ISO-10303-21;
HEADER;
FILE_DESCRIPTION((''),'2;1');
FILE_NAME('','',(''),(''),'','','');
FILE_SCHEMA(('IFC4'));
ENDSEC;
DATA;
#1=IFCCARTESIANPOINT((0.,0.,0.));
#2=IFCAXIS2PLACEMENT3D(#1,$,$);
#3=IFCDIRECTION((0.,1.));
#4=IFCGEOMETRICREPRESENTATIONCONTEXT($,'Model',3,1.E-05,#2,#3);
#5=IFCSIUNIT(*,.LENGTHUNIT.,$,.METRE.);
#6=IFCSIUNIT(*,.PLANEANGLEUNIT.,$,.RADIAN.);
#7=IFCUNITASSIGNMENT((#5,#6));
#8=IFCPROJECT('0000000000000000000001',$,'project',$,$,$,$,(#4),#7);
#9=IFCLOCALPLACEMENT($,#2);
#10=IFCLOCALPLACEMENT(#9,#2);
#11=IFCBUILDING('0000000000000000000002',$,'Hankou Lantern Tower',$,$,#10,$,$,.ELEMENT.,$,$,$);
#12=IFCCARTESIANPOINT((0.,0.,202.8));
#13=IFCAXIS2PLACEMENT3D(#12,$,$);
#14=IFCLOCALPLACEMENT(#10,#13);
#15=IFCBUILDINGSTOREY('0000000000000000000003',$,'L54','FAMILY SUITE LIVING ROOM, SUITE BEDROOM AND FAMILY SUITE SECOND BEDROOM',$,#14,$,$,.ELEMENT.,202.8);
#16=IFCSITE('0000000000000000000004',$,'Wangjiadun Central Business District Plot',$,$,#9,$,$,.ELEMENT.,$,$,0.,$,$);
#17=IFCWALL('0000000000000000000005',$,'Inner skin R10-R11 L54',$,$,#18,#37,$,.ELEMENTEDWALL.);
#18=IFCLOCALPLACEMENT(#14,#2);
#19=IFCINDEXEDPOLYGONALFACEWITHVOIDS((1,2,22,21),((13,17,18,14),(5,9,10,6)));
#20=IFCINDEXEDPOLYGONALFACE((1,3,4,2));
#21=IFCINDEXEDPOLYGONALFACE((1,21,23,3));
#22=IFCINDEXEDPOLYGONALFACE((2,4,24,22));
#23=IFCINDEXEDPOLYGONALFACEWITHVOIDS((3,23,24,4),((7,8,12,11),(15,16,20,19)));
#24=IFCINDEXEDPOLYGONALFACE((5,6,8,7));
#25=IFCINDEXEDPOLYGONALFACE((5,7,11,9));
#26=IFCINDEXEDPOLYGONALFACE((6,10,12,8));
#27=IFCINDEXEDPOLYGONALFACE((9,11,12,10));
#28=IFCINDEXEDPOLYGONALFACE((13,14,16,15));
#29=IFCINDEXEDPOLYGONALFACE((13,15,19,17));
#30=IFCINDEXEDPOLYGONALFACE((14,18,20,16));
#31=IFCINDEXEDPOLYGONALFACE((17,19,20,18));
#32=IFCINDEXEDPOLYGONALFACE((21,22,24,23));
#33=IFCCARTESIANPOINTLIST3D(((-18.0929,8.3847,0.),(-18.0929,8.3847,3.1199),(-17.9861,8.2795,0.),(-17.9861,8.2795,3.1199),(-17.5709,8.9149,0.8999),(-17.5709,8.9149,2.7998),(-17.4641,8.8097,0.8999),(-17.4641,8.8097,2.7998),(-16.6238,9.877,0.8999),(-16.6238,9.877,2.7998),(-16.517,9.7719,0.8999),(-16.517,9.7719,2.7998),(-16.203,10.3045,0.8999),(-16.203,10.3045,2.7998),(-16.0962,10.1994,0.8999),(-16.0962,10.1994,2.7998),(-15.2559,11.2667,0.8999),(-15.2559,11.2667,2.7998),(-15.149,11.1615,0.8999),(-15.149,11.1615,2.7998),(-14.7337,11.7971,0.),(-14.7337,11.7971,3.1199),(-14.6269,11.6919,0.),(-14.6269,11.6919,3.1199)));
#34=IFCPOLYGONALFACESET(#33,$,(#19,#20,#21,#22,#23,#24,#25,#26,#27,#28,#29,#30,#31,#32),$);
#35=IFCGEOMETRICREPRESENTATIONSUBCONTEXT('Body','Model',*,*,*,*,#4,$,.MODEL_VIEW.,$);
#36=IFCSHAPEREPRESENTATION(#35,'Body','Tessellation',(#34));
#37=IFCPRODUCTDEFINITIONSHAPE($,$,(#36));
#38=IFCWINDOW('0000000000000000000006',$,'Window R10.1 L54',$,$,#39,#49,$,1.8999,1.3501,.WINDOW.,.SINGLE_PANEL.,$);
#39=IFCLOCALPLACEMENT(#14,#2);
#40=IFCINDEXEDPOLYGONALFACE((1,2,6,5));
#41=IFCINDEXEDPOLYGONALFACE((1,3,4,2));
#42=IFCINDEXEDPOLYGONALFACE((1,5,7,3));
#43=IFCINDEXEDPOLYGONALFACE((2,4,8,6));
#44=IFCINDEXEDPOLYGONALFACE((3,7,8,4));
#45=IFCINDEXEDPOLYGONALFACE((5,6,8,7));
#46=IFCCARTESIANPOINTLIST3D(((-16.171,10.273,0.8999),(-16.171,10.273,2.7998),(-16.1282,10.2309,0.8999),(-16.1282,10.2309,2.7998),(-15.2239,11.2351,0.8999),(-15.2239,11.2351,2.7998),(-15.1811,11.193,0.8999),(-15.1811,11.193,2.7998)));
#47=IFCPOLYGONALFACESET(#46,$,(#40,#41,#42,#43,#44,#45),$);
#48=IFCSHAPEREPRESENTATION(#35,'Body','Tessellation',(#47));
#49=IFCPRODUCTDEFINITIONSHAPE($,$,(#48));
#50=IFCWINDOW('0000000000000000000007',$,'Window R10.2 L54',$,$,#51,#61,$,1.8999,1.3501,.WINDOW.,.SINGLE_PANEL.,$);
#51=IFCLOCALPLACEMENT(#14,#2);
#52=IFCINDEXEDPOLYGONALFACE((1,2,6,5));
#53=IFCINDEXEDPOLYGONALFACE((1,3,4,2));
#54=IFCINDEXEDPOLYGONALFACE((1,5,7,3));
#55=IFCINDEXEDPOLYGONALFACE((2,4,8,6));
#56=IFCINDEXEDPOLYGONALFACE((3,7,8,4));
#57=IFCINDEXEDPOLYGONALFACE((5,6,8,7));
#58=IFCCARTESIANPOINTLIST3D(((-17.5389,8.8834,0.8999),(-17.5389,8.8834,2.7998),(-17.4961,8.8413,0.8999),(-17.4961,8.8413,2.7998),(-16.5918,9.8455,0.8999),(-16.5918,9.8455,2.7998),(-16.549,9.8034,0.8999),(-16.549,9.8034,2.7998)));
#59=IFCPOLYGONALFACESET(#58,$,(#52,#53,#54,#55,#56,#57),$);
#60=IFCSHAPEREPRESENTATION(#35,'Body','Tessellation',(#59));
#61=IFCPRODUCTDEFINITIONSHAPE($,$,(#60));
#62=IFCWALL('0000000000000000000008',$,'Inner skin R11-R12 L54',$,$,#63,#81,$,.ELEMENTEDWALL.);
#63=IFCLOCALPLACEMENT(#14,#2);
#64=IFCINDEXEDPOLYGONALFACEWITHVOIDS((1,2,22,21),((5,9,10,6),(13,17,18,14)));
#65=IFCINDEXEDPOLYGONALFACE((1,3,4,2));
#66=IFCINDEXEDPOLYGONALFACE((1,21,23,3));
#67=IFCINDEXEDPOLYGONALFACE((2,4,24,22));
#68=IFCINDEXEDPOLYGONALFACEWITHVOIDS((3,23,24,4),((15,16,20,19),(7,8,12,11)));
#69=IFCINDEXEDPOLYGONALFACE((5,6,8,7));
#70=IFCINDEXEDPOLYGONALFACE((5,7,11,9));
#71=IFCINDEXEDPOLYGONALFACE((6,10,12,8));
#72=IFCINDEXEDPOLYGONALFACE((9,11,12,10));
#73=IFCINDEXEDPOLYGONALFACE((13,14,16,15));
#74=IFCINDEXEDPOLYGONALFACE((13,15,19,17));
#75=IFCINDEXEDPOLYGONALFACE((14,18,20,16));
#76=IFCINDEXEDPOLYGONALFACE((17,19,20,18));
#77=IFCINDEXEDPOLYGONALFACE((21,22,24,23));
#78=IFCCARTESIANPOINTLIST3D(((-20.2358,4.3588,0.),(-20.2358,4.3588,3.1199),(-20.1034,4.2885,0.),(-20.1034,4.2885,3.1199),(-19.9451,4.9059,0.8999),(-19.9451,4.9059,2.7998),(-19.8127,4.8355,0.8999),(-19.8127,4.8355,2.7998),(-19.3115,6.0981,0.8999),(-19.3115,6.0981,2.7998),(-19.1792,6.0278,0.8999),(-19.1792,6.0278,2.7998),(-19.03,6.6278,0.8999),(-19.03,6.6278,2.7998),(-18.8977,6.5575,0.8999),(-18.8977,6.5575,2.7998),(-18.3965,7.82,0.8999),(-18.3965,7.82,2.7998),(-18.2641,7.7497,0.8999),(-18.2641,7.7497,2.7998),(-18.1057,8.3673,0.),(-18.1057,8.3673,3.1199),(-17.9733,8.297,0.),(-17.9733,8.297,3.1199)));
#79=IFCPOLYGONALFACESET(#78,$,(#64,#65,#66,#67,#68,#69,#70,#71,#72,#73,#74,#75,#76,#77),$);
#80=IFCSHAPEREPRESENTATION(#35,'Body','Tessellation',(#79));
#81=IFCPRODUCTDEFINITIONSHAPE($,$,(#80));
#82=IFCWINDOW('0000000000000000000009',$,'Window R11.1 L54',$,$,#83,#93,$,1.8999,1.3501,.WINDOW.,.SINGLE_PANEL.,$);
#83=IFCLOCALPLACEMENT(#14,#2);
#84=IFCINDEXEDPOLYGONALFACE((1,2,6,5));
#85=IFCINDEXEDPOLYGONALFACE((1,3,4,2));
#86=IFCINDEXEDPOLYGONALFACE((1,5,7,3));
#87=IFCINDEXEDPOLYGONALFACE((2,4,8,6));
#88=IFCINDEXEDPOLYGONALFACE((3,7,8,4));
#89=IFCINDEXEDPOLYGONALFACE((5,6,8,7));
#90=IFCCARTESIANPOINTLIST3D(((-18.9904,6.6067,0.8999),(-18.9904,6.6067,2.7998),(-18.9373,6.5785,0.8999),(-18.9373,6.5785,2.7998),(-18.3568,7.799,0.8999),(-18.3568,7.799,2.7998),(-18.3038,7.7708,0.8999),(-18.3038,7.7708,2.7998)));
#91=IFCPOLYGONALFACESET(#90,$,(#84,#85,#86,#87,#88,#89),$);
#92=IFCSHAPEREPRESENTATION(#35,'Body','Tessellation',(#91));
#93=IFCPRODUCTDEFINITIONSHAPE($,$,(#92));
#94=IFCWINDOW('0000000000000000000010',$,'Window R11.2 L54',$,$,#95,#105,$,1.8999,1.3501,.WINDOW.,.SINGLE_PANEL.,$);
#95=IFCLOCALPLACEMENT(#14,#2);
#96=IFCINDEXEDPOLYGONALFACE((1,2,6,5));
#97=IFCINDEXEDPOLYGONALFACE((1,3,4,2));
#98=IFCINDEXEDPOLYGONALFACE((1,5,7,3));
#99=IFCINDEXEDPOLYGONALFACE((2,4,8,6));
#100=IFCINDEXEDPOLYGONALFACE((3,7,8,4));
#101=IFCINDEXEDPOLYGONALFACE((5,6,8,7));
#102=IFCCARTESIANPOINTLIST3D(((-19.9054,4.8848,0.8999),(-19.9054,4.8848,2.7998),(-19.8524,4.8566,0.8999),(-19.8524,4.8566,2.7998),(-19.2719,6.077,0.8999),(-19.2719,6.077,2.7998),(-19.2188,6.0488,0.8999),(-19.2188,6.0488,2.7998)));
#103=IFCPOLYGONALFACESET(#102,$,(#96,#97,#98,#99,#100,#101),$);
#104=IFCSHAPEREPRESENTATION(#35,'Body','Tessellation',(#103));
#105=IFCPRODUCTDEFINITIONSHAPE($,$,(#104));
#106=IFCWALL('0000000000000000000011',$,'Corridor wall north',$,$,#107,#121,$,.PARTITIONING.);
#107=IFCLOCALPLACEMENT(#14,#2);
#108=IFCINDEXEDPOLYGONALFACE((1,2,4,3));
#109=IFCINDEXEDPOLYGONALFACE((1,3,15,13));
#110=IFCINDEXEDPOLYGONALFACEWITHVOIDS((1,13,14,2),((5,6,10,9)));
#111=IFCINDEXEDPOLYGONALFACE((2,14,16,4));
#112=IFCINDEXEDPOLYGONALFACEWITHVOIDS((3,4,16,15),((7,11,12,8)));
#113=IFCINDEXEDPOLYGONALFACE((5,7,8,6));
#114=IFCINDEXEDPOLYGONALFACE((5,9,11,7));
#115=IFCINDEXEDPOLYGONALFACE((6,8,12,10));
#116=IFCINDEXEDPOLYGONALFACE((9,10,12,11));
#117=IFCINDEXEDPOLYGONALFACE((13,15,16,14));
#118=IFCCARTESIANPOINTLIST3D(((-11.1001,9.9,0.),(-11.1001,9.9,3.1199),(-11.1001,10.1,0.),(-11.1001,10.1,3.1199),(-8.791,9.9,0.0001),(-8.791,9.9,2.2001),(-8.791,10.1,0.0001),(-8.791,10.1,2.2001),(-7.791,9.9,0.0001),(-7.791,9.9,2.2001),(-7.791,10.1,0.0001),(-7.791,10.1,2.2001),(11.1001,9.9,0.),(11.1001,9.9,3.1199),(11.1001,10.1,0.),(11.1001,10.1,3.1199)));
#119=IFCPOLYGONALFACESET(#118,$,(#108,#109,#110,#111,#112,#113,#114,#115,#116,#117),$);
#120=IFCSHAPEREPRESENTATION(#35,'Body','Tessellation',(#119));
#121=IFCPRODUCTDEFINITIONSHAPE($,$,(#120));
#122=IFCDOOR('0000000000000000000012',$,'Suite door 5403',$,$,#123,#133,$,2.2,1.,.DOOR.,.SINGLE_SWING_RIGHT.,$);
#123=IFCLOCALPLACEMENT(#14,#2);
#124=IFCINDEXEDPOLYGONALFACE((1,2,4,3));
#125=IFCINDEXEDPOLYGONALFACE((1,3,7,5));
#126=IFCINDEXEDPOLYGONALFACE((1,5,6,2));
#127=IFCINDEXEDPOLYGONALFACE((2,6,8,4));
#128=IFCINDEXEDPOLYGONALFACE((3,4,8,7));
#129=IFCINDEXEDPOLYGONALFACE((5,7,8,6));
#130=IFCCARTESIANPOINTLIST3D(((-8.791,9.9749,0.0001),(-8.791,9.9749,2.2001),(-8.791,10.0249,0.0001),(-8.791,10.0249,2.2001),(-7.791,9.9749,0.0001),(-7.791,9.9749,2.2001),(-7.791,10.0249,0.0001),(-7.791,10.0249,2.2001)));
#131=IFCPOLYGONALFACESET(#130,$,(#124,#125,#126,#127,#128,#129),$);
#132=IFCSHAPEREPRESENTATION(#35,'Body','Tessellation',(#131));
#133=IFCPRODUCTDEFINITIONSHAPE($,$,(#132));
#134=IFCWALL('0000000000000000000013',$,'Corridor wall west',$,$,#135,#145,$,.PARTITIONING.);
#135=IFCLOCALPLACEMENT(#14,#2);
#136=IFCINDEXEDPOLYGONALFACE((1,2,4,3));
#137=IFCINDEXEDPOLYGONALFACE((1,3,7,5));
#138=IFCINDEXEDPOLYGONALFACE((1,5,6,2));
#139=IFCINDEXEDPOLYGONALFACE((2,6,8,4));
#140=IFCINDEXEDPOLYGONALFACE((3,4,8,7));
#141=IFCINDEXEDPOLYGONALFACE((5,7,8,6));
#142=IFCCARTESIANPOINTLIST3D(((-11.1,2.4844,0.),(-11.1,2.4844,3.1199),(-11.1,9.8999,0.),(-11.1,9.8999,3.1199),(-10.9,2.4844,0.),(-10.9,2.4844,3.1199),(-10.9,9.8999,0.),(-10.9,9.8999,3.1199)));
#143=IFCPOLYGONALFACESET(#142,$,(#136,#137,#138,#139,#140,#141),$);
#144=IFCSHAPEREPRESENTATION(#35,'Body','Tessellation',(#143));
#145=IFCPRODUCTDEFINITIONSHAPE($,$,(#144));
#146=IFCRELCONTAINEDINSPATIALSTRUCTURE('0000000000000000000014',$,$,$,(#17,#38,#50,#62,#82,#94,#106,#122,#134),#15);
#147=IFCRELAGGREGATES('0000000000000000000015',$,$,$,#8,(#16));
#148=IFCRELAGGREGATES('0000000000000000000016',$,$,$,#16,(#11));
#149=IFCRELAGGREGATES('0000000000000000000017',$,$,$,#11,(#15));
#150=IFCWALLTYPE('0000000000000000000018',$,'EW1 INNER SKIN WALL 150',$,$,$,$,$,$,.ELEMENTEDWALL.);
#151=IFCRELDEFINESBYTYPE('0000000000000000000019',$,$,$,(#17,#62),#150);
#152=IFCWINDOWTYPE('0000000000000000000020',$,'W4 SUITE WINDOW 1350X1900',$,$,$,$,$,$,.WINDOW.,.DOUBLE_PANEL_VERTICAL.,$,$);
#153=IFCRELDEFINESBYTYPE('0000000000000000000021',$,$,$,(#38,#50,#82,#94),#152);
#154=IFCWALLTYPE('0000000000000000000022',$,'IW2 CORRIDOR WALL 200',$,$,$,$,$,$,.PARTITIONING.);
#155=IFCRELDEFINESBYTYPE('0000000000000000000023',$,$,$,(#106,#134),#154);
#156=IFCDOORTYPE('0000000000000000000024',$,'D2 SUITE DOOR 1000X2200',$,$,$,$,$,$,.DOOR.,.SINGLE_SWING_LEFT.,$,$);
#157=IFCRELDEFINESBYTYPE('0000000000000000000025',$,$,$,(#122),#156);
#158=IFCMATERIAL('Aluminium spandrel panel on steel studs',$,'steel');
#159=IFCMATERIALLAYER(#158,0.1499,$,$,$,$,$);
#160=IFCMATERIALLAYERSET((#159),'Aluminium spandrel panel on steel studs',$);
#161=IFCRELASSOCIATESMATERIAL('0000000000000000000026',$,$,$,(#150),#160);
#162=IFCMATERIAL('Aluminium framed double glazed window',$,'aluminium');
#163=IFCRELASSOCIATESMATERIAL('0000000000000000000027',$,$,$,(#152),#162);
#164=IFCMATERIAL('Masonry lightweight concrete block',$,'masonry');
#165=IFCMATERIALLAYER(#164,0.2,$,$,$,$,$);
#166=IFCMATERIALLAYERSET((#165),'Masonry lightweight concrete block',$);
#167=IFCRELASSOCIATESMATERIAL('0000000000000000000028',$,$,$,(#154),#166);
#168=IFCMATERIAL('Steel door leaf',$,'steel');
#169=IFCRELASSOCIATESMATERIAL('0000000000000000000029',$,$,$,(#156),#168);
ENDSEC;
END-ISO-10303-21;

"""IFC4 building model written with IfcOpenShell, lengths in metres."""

from ifc_helpers import new_model, si_unit, direction, frame, frame_2d, origin, place, context, subcontext, project, spatial, rectangle, extrude, material, layer, layer_set, type_object, element, fill, save


model = new_model("IFC4")

# Units and contexts
model_context = context("Model", 3, precision=1e-05, world=origin(), true_north=direction((0.0, 1.0)))
body_context = subcontext(model_context, "Body", "Model", "MODEL_VIEW")
ifc_project = project(units=[si_unit("LENGTHUNIT", "METRE"), si_unit("PLANEANGLEUNIT", "RADIAN")], contexts=[model_context])

# Site, building, storey
site_placement = place(None, origin())
site = spatial("IfcSite", under=ifc_project, at=site_placement, Name="Wangjiadun Central Business District Plot", CompositionType="ELEMENT", RefElevation=0.0)
building_placement = place(site_placement, origin())
building = spatial("IfcBuilding", under=site, at=building_placement, Name="Hankou Lantern Tower", CompositionType="ELEMENT")
storey_placement = place(building_placement, frame((0.0, 0.0, 202.8)))
storey = spatial("IfcBuildingStorey", under=building, at=storey_placement, Name="L54", Description="FAMILY SUITE LIVING ROOM, SUITE BEDROOM AND FAMILY SUITE SECOND BEDROOM", CompositionType="ELEMENT", Elevation=202.8)

# Walls, openings, windows
ifc_material_1 = material(Name="Aluminium spandrel panel on steel studs", Category="steel")
ifc_layer_1 = layer(ifc_material_1, 0.1499)
ifc_layer_set_1 = layer_set([ifc_layer_1], Name="Aluminium spandrel panel on steel studs")
wall_type_1 = type_object("IfcWallType", Name="EW1 INNER SKIN WALL 150", PredefinedType="ELEMENTEDWALL", material=ifc_layer_set_1)
wall_1_placement = place(storey_placement, frame((-14.6804, 11.7444, 0.0), z_axis=(0.0, 0.0, 1.0), x_axis=(-0.701527, -0.712643, 0.0)))
wall_1 = element("IfcWall", 1, at=wall_1_placement, inside=storey, type_object=wall_type_1, Name="Inner skin R10-R11 L54", PredefinedType="ELEMENTEDWALL", context=body_context, shape_type="SweptSolid", body=[
    extrude(rectangle(XDim=4.7883, YDim=0.1499, at=frame_2d((2.394, 0.0))), origin(), (0.0, 0.0, 1.0), 3.1199),
])
opening_1_placement = place(wall_1_placement, frame((0.7441, 0.0, 0.8999)))
opening_1 = element("IfcOpeningElement", 2, at=opening_1_placement, cuts=wall_1, PredefinedType="OPENING", context=body_context, shape_type="SweptSolid", body=[
    extrude(rectangle(XDim=1.3501, YDim=1.8999, at=frame_2d((0.675, 0.95))), frame((0.0, 0.085, 0.0), z_axis=(0.0, -1.0, 0.0), x_axis=(1.0, 0.0, 0.0)), (0.0, 0.0, 1.0), 0.1699),
])
opening_2_placement = place(wall_1_placement, frame((2.6941, 0.0, 0.8999)))
opening_2 = element("IfcOpeningElement", 3, at=opening_2_placement, cuts=wall_1, PredefinedType="OPENING", context=body_context, shape_type="SweptSolid", body=[
    extrude(rectangle(XDim=1.3501, YDim=1.8999, at=frame_2d((0.675, 0.95))), frame((0.0, 0.085, 0.0), z_axis=(0.0, -1.0, 0.0), x_axis=(1.0, 0.0, 0.0)), (0.0, 0.0, 1.0), 0.1699),
])
ifc_material_2 = material(Name="Aluminium framed double glazed window", Category="aluminium")
window_type = type_object("IfcWindowType", Name="W4 SUITE WINDOW 1350X1900", PartitioningType="DOUBLE_PANEL_VERTICAL", PredefinedType="WINDOW", material=ifc_material_2)
window_1_placement = place(opening_1_placement, origin())
window_1 = element("IfcWindow", 4, at=window_1_placement, inside=storey, type_object=window_type, Name="Window R10.1 L54", OverallHeight=1.8999, OverallWidth=1.3501, PartitioningType="SINGLE_PANEL", PredefinedType="WINDOW", context=body_context, shape_type="SweptSolid", body=[
    extrude(rectangle(XDim=1.3501, YDim=1.8999, at=frame_2d((0.675, 0.95))), frame((0.0, 0.03, 0.0), z_axis=(0.0, -1.0, 0.0), x_axis=(1.0, 0.0, 0.0)), (0.0, 0.0, 1.0), 0.0601),
])
fill(opening_1, window_1)
window_2_placement = place(opening_2_placement, origin())
window_2 = element("IfcWindow", 5, at=window_2_placement, inside=storey, type_object=window_type, Name="Window R10.2 L54", OverallHeight=1.8999, OverallWidth=1.3501, PartitioningType="SINGLE_PANEL", PredefinedType="WINDOW", context=body_context, shape_type="SweptSolid", body=[
    extrude(rectangle(XDim=1.3501, YDim=1.8999, at=frame_2d((0.675, 0.95))), frame((0.0, 0.03, 0.0), z_axis=(0.0, -1.0, 0.0), x_axis=(1.0, 0.0, 0.0)), (0.0, 0.0, 1.0), 0.0601),
])
fill(opening_2, window_2)
wall_2_placement = place(storey_placement, frame((-18.0396, 8.332, 0.0), z_axis=(0.0, 0.0, 1.0), x_axis=(-0.469256, -0.883062, 0.0)))
wall_2 = element("IfcWall", 6, at=wall_2_placement, inside=storey, type_object=wall_type_1, Name="Inner skin R11-R12 L54", PredefinedType="ELEMENTEDWALL", context=body_context, shape_type="SweptSolid", body=[
    extrude(rectangle(XDim=4.5393, YDim=0.1499, at=frame_2d((2.2695, 0.0))), origin(), (0.0, 0.0, 1.0), 3.1199),
])
opening_3_placement = place(wall_2_placement, frame((0.6196, 0.0, 0.8999)))
opening_3 = element("IfcOpeningElement", 7, at=opening_3_placement, cuts=wall_2, PredefinedType="OPENING", context=body_context, shape_type="SweptSolid", body=[
    extrude(rectangle(XDim=1.3501, YDim=1.8999, at=frame_2d((0.675, 0.95))), frame((0.0, 0.085, 0.0), z_axis=(0.0, -1.0, 0.0), x_axis=(1.0, 0.0, 0.0)), (0.0, 0.0, 1.0), 0.1699),
])
opening_4_placement = place(wall_2_placement, frame((2.5696, 0.0, 0.8999)))
opening_4 = element("IfcOpeningElement", 8, at=opening_4_placement, cuts=wall_2, PredefinedType="OPENING", context=body_context, shape_type="SweptSolid", body=[
    extrude(rectangle(XDim=1.3501, YDim=1.8999, at=frame_2d((0.675, 0.95))), frame((0.0, 0.085, 0.0), z_axis=(0.0, -1.0, 0.0), x_axis=(1.0, 0.0, 0.0)), (0.0, 0.0, 1.0), 0.1699),
])
window_3_placement = place(opening_3_placement, origin())
window_3 = element("IfcWindow", 9, at=window_3_placement, inside=storey, type_object=window_type, Name="Window R11.1 L54", OverallHeight=1.8999, OverallWidth=1.3501, PartitioningType="SINGLE_PANEL", PredefinedType="WINDOW", context=body_context, shape_type="SweptSolid", body=[
    extrude(rectangle(XDim=1.3501, YDim=1.8999, at=frame_2d((0.675, 0.95))), frame((0.0, 0.03, 0.0), z_axis=(0.0, -1.0, 0.0), x_axis=(1.0, 0.0, 0.0)), (0.0, 0.0, 1.0), 0.0601),
])
fill(opening_3, window_3)
window_4_placement = place(opening_4_placement, origin())
window_4 = element("IfcWindow", 10, at=window_4_placement, inside=storey, type_object=window_type, Name="Window R11.2 L54", OverallHeight=1.8999, OverallWidth=1.3501, PartitioningType="SINGLE_PANEL", PredefinedType="WINDOW", context=body_context, shape_type="SweptSolid", body=[
    extrude(rectangle(XDim=1.3501, YDim=1.8999, at=frame_2d((0.675, 0.95))), frame((0.0, 0.03, 0.0), z_axis=(0.0, -1.0, 0.0), x_axis=(1.0, 0.0, 0.0)), (0.0, 0.0, 1.0), 0.0601),
])
fill(opening_4, window_4)

# Wall, opening, door
ifc_material_3 = material(Name="Masonry lightweight concrete block", Category="masonry")
ifc_layer_2 = layer(ifc_material_3, 0.2)
ifc_layer_set_2 = layer_set([ifc_layer_2], Name="Masonry lightweight concrete block")
wall_type_2 = type_object("IfcWallType", Name="IW2 CORRIDOR WALL 200", PredefinedType="PARTITIONING", material=ifc_layer_set_2)
wall_3_placement = place(storey_placement, frame((-11.1001, 10.0, 0.0), z_axis=(0.0, 0.0, 1.0), x_axis=(1.0, 0.0, 0.0)))
wall_3 = element("IfcWall", 11, at=wall_3_placement, inside=storey, type_object=wall_type_2, Name="Corridor wall north", PredefinedType="PARTITIONING", context=body_context, shape_type="SweptSolid", body=[
    extrude(rectangle(XDim=22.2002, YDim=0.2, at=frame_2d((11.1001, 0.0))), origin(), (0.0, 0.0, 1.0), 3.1199),
])
opening_5_placement = place(wall_3_placement, frame((2.3091, 0.0, 0.0)))
opening_5 = element("IfcOpeningElement", 12, at=opening_5_placement, cuts=wall_3, PredefinedType="OPENING", context=body_context, shape_type="SweptSolid", body=[
    extrude(rectangle(XDim=1.0, YDim=2.2, at=frame_2d((0.5, 1.1001))), frame((0.0, 0.1099, 0.0), z_axis=(0.0, -1.0, 0.0), x_axis=(1.0, 0.0, 0.0)), (0.0, 0.0, 1.0), 0.22),
])
ifc_material_4 = material(Name="Steel door leaf", Category="steel")
door_type_1 = type_object("IfcDoorType", Name="D2 SUITE DOOR 1000X2200", OperationType="SINGLE_SWING_LEFT", PredefinedType="DOOR", material=ifc_material_4)
door_1_placement = place(opening_5_placement, origin())
door_1 = element("IfcDoor", 13, at=door_1_placement, inside=storey, type_object=door_type_1, Name="Suite door 5403", OperationType="SINGLE_SWING_RIGHT", OverallHeight=2.2, OverallWidth=1.0, PredefinedType="DOOR", context=body_context, shape_type="SweptSolid", body=[
    extrude(rectangle(XDim=1.0, YDim=2.2, at=frame_2d((0.5, 1.1001))), frame((0.0, 0.0249, 0.0), z_axis=(0.0, -1.0, 0.0), x_axis=(1.0, 0.0, 0.0)), (0.0, 0.0, 1.0), 0.05),
])
fill(opening_5, door_1)

# Wall
wall_4_placement = place(storey_placement, frame((-11.0, 9.8999, 0.0), z_axis=(0.0, 0.0, 1.0), x_axis=(0.0, -1.0, 0.0)))
element("IfcWall", 14, at=wall_4_placement, inside=storey, type_object=wall_type_2, Name="Corridor wall west", PredefinedType="PARTITIONING", context=body_context, shape_type="SweptSolid", body=[
    extrude(rectangle(XDim=7.4155, YDim=0.2, at=frame_2d((3.7078, 0.0))), origin(), (0.0, 0.0, 1.0), 3.1199),
])

save(model, "model.ifc")
